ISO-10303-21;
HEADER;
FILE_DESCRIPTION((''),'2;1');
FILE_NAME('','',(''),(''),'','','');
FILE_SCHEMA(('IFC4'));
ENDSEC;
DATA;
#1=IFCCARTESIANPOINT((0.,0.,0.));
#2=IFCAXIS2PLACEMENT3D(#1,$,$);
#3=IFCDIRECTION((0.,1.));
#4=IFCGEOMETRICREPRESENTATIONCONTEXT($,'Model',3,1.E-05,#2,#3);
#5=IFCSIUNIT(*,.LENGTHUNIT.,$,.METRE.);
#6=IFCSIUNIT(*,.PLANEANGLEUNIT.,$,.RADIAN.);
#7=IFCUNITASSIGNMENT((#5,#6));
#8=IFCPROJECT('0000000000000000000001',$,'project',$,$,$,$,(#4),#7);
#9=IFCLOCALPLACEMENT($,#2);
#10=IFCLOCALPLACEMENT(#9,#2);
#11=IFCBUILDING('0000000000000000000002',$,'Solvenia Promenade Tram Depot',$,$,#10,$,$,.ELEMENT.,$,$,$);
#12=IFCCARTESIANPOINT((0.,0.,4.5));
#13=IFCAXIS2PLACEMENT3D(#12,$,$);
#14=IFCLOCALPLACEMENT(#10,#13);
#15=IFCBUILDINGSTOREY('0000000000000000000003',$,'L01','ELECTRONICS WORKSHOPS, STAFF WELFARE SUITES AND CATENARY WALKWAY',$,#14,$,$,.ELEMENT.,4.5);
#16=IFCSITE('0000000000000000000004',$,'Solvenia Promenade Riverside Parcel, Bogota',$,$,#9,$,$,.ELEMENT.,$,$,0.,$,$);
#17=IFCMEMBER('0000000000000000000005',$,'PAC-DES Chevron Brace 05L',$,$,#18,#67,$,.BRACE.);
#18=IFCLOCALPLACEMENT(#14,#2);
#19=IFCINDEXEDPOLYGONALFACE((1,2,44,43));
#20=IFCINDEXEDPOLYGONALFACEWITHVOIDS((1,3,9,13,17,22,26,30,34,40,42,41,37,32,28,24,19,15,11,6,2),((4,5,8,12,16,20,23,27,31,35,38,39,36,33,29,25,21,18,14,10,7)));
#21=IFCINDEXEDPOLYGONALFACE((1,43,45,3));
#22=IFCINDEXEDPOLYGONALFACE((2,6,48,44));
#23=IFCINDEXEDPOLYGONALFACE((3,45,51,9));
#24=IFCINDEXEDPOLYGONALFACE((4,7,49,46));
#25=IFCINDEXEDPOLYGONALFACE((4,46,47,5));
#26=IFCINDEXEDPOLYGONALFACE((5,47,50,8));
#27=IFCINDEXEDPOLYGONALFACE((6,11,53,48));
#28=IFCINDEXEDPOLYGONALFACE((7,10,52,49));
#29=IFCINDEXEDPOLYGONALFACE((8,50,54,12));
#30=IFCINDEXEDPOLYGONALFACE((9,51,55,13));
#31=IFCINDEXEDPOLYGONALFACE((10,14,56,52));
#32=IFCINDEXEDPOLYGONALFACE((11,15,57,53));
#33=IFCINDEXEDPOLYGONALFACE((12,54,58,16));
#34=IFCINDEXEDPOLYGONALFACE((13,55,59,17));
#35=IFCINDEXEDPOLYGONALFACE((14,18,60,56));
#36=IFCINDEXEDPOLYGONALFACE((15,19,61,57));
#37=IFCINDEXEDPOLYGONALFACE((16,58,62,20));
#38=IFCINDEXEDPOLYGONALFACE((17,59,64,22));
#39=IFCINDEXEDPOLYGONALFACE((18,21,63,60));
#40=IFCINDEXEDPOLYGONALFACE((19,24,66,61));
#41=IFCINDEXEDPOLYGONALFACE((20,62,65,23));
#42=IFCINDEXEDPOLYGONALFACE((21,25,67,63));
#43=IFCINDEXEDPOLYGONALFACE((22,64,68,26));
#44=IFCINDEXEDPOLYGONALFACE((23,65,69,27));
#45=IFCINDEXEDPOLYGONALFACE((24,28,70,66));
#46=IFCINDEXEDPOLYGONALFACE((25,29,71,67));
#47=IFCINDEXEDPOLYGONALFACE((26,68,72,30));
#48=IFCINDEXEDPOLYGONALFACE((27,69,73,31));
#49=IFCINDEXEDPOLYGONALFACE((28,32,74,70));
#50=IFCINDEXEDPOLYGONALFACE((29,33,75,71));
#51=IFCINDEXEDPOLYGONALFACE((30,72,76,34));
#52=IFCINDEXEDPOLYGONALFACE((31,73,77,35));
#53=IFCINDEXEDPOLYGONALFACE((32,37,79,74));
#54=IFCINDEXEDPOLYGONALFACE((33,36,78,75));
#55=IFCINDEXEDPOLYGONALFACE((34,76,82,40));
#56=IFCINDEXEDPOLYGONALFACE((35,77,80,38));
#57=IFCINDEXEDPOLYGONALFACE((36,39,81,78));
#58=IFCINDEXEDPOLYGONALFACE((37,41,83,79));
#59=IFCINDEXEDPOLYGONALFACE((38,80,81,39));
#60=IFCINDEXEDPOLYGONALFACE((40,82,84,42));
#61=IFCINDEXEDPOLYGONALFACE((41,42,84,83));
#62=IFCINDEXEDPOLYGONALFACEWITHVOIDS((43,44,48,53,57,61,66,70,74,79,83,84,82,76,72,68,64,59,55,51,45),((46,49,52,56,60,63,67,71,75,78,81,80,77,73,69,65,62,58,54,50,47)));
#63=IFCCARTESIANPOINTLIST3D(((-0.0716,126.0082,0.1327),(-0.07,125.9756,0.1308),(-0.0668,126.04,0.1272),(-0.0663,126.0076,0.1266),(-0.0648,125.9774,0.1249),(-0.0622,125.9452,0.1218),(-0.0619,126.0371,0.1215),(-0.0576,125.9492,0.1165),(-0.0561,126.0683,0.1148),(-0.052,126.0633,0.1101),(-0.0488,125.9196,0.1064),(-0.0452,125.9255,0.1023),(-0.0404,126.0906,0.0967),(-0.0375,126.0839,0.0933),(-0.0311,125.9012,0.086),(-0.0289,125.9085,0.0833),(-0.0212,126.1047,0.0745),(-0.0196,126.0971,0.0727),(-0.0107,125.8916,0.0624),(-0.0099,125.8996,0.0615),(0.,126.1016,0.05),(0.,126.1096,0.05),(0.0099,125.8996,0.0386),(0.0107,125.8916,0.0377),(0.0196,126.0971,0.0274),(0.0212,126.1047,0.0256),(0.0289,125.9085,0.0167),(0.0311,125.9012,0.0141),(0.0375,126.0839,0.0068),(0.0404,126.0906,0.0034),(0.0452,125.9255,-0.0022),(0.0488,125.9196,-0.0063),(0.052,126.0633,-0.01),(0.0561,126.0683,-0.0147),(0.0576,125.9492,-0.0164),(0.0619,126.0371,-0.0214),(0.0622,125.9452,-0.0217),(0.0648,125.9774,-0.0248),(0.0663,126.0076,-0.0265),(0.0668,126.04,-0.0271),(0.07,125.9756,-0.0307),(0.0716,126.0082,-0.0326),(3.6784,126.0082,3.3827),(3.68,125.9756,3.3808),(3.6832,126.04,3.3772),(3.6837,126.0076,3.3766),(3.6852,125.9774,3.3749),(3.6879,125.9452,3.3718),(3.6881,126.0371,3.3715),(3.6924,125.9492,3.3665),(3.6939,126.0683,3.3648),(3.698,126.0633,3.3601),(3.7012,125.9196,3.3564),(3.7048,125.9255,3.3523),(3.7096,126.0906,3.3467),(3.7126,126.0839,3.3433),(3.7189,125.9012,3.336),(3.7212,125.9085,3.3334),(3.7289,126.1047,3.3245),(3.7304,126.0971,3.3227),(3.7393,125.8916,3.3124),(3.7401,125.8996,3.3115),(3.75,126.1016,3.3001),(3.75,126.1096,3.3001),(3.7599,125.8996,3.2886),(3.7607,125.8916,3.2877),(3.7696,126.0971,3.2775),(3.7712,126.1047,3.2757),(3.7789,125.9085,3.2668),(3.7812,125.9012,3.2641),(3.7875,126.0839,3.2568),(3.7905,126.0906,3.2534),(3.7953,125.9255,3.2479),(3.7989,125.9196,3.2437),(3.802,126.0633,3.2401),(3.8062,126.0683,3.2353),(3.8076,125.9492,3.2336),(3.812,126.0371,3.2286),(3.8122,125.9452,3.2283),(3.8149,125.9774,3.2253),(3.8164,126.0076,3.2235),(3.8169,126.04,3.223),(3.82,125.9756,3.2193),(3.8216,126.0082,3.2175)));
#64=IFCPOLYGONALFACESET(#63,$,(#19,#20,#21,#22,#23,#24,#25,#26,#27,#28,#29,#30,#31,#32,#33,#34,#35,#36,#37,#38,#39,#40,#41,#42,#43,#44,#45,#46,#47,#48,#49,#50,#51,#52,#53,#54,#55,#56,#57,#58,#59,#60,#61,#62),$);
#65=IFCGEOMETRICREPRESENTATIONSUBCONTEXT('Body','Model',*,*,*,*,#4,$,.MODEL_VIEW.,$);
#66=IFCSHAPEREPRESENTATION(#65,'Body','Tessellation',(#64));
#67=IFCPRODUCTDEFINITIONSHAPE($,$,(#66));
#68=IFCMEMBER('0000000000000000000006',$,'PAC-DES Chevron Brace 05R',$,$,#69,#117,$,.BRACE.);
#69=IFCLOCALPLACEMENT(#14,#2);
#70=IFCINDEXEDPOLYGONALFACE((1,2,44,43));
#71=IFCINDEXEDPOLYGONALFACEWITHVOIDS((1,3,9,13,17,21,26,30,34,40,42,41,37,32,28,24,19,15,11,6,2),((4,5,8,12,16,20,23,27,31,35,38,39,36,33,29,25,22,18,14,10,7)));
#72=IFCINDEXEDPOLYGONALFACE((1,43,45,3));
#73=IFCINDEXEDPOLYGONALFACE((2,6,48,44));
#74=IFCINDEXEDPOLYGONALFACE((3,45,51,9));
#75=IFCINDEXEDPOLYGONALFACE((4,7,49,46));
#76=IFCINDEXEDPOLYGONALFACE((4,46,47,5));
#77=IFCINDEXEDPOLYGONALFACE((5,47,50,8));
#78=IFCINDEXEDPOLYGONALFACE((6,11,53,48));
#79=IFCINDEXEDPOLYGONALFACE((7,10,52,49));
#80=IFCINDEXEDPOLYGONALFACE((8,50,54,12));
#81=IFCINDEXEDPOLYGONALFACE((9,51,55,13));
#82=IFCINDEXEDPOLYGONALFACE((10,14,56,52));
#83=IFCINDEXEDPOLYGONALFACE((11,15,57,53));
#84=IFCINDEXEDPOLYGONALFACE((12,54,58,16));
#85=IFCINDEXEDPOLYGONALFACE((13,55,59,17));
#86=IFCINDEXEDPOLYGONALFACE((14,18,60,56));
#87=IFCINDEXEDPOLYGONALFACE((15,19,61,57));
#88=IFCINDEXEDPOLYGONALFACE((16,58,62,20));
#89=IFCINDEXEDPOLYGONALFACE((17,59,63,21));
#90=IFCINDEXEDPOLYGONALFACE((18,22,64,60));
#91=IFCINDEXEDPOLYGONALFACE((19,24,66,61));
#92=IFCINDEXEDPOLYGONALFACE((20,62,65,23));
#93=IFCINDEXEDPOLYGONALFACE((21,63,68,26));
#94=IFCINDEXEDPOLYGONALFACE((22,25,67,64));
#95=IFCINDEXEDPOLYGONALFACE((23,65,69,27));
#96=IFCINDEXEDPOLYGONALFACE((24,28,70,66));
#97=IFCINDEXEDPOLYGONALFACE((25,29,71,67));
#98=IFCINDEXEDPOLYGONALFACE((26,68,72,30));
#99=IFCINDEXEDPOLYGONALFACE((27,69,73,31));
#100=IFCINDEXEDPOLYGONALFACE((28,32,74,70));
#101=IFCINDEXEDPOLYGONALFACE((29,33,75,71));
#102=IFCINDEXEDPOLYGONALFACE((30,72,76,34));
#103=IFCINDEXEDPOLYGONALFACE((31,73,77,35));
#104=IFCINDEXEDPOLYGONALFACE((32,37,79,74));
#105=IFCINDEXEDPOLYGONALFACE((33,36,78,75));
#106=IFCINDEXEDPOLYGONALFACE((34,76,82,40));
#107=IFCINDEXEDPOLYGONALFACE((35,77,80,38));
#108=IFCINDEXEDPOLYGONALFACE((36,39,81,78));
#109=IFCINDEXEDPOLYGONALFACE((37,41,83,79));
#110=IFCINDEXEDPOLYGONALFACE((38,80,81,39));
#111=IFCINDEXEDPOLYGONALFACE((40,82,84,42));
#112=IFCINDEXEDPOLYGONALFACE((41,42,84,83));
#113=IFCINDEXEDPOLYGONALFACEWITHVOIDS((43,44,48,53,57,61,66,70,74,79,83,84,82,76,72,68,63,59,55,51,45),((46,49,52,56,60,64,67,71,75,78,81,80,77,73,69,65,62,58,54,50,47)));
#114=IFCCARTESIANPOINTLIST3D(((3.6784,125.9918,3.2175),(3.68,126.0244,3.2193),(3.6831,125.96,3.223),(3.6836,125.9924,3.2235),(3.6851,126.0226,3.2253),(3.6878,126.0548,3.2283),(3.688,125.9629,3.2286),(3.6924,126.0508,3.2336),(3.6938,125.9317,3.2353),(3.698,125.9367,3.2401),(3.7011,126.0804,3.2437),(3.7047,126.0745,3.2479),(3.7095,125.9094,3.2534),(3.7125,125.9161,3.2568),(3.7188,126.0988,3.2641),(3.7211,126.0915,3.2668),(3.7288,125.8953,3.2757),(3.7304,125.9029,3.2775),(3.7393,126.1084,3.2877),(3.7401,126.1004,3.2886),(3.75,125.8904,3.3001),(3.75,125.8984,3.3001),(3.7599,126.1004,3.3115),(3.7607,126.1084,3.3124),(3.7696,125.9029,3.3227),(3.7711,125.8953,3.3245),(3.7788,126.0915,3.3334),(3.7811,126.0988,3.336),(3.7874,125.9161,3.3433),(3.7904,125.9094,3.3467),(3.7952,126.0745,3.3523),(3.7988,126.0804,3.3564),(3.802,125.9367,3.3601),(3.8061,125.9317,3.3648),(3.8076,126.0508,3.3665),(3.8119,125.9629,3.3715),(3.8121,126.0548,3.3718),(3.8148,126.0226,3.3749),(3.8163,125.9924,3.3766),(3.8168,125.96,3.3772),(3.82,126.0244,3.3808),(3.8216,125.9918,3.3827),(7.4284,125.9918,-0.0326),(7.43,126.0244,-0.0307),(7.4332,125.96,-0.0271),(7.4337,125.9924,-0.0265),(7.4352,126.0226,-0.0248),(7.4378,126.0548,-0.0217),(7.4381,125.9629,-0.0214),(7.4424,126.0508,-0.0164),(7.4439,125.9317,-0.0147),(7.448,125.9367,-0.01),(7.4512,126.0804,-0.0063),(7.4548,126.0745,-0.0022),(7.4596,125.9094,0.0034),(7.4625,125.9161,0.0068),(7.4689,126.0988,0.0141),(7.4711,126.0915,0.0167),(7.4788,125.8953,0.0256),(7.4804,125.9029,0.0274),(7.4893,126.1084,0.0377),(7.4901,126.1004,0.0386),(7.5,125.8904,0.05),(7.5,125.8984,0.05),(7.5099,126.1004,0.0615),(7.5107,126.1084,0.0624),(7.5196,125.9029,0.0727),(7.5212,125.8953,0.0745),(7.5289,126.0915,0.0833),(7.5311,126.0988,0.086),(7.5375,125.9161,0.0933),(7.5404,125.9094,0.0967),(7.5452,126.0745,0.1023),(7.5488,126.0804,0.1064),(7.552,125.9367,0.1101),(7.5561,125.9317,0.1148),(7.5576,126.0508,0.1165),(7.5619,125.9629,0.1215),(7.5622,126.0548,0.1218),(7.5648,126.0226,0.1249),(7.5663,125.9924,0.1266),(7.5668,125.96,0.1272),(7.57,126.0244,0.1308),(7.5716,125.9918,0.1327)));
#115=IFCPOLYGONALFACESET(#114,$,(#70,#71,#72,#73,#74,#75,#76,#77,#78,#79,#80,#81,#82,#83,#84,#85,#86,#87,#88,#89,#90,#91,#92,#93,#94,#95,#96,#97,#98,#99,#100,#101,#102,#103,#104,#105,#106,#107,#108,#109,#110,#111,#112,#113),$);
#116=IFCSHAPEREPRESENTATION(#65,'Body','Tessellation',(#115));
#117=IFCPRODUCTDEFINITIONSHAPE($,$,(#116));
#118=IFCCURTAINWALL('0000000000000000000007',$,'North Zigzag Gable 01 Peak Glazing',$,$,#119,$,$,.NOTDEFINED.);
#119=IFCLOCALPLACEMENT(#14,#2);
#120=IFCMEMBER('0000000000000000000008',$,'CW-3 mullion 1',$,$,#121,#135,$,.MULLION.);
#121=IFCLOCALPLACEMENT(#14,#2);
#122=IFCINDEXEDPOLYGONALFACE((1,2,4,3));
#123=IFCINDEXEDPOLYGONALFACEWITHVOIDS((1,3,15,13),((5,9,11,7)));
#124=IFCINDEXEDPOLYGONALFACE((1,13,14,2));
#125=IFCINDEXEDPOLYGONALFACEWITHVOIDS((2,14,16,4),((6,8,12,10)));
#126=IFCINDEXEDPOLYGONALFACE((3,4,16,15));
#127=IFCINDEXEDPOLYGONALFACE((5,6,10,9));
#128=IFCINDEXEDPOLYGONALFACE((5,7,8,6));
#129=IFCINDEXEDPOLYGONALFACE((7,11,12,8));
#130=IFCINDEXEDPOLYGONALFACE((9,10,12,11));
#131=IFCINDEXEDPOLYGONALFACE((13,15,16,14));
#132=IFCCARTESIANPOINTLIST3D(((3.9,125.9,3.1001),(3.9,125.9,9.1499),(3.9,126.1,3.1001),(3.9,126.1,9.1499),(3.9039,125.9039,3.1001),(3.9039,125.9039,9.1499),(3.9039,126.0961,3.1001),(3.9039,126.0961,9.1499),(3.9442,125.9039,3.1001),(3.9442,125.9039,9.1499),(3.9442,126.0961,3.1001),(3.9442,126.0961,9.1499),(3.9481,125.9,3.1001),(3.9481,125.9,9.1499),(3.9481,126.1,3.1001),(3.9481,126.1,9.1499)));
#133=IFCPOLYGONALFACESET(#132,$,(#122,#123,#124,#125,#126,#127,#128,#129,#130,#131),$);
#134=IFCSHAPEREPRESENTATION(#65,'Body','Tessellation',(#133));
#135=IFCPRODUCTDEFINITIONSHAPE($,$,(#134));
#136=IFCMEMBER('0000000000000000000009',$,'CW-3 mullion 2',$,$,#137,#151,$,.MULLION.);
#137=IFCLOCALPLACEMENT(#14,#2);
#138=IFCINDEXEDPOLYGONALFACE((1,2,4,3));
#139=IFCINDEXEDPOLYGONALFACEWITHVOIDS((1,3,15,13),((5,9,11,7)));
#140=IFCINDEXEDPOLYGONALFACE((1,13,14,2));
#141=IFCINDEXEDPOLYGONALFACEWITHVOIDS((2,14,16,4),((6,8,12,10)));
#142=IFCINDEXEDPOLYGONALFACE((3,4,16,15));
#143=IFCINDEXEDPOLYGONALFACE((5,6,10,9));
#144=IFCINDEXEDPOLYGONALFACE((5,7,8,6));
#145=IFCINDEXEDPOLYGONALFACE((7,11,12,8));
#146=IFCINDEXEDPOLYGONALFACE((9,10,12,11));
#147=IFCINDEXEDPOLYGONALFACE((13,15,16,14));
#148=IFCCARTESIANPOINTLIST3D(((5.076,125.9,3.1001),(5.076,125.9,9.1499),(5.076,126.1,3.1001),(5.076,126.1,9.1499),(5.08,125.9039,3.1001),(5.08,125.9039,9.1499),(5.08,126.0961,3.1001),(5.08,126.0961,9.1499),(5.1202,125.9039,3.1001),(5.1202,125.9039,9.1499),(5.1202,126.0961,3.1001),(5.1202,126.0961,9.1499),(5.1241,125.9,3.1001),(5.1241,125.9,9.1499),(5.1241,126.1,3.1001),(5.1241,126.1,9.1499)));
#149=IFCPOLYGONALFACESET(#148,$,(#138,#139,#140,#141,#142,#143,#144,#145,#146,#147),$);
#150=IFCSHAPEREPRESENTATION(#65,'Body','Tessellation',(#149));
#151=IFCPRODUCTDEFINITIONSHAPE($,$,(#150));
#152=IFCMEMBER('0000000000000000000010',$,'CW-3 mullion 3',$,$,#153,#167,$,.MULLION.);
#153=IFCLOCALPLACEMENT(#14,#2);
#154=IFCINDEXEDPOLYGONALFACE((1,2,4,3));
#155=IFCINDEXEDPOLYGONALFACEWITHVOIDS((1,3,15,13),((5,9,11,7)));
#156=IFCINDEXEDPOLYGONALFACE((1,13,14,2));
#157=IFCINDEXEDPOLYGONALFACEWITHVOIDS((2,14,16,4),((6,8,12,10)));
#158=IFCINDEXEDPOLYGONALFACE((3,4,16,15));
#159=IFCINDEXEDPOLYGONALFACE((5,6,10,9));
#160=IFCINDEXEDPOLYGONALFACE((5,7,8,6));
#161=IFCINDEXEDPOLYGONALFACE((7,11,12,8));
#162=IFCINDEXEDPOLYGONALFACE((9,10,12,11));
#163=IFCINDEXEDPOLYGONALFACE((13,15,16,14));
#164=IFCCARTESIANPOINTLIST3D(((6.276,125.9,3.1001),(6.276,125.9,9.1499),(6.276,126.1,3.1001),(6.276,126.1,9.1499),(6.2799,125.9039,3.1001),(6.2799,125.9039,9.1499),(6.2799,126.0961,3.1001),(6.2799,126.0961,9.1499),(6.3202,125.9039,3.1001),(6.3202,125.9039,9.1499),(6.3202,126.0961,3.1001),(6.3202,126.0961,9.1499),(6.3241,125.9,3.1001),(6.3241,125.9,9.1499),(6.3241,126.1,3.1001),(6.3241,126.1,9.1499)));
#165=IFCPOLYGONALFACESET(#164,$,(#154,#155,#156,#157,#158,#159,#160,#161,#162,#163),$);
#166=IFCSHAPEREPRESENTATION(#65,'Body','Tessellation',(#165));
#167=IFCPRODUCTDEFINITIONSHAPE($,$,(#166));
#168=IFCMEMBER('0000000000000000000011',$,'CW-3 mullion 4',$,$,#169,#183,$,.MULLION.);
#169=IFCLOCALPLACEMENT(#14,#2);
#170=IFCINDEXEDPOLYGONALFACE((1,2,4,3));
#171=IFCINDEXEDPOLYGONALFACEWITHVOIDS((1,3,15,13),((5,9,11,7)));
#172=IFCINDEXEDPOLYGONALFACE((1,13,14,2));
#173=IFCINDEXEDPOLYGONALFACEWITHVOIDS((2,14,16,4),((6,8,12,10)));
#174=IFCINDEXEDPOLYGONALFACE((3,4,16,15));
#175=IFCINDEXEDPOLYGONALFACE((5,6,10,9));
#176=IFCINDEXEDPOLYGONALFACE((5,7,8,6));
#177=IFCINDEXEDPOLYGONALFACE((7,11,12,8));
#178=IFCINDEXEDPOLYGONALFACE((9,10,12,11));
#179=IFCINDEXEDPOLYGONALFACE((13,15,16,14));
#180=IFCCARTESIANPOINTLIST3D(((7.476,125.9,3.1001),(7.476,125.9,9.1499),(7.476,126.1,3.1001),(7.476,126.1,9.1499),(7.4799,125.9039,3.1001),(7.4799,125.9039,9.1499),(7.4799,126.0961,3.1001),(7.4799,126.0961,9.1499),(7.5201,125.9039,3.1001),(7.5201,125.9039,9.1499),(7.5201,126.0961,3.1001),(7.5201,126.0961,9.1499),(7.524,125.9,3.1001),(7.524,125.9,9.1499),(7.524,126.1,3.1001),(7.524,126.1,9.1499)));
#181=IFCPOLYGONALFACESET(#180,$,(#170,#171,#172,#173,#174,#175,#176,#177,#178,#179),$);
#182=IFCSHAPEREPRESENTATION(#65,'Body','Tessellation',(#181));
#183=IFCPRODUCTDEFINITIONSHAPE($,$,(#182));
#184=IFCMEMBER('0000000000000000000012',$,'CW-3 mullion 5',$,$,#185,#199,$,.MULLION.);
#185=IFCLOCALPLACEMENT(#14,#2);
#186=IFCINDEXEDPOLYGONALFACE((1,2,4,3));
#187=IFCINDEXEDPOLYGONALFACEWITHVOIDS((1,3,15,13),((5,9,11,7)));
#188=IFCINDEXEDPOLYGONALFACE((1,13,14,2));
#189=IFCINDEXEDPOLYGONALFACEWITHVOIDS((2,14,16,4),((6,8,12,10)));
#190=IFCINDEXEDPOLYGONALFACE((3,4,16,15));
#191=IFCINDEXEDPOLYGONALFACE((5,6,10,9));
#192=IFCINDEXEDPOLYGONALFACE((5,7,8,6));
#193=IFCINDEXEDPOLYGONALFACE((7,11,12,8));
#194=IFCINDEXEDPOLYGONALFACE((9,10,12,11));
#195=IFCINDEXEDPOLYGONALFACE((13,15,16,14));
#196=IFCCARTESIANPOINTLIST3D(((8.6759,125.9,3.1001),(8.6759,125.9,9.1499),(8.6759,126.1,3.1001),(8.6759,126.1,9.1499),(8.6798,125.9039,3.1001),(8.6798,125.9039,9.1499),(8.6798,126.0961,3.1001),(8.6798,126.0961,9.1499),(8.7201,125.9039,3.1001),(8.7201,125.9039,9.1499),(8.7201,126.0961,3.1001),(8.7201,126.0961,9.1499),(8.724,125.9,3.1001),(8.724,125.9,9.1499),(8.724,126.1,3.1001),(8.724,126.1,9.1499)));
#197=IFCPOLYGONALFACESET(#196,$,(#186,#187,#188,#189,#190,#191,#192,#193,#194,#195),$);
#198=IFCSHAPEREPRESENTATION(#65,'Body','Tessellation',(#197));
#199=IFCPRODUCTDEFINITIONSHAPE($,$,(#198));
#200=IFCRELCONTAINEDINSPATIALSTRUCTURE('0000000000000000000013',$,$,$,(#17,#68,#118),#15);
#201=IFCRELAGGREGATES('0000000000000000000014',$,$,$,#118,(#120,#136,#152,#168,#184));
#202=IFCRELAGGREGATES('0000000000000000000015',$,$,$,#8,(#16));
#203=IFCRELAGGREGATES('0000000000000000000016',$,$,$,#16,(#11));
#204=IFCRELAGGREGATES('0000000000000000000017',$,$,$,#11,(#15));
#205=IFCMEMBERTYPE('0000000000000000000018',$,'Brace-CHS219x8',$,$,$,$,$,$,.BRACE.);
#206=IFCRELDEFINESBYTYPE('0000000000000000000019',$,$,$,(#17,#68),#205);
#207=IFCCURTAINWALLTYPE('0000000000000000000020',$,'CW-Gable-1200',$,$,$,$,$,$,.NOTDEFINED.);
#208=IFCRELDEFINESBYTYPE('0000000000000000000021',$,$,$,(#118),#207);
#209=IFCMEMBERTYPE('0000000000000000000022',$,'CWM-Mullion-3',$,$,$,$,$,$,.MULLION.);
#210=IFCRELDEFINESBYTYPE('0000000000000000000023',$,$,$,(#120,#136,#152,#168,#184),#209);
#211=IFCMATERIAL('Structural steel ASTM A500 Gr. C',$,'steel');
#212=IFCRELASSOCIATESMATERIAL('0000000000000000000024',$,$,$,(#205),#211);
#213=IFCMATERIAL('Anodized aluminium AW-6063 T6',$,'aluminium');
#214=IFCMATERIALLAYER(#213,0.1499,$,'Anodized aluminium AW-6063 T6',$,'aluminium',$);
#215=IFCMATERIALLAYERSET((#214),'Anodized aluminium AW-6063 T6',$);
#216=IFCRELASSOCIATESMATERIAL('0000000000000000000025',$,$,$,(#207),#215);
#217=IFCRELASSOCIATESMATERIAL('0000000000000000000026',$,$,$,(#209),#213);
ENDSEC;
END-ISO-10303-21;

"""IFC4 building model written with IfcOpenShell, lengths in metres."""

from ifc_helpers import new_model, si_unit, direction, frame, origin, origin_2d, place, context, subcontext, project, spatial, hollow_rectangle, hollow_circle, extrude, material, layer, layer_set, material_profile, profile_set, type_object, element, aggregate, save


model = new_model("IFC4")

# Units and contexts
model_context = context("Model", 3, precision=1e-05, world=origin(), true_north=direction((0.0, 1.0)))
body_context = subcontext(model_context, "Body", "Model", "MODEL_VIEW")
ifc_project = project(units=[si_unit("LENGTHUNIT", "METRE"), si_unit("PLANEANGLEUNIT", "RADIAN")], contexts=[model_context])

# Site, building, storey
site_placement = place(None, origin())
site = spatial("IfcSite", under=ifc_project, at=site_placement, Name="Solvenia Promenade Riverside Parcel, Bogota", CompositionType="ELEMENT", RefElevation=0.0)
building_placement = place(site_placement, origin())
building = spatial("IfcBuilding", under=site, at=building_placement, Name="Solvenia Promenade Tram Depot", CompositionType="ELEMENT")
storey_placement = place(building_placement, frame((0.0, 0.0, 4.5)))
storey = spatial("IfcBuildingStorey", under=building, at=storey_placement, Name="L01", Description="ELECTRONICS WORKSHOPS, STAFF WELFARE SUITES AND CATENARY WALKWAY", CompositionType="ELEMENT", Elevation=4.5)

# Members
ifc_material_1 = material(Name="Structural steel ASTM A500 Gr. C", Category="steel")
ifc_material_profile_1 = material_profile(ifc_material_1, hollow_circle(Radius=0.1096, WallThickness=0.0081, at=origin_2d()), Name="CHS219.1x8", Category="steel")
ifc_profile_set_1 = profile_set([ifc_material_profile_1], Name="Structural steel ASTM A500 Gr. C")
member_type_1 = type_object("IfcMemberType", Name="Brace-CHS219x8", PredefinedType="BRACE", material=ifc_profile_set_1)
for number, where, z_axis, x_axis, name in (
    (1, (0.0, 126.0, 0.05), (0.755689, 0.0, 0.654931), (0.0, 1.0, 0.0), "PAC-DES Chevron Brace 05L"),
    (2, (7.5, 126.0, 0.05), (-0.755689, 0.0, 0.654931), (0.0, -1.0, 0.0), "PAC-DES Chevron Brace 05R"),
):
    element("IfcMember", number, at=place(storey_placement, frame(where, z_axis=z_axis, x_axis=x_axis)), inside=storey, type_object=member_type_1, Name=name, PredefinedType="BRACE", context=body_context, shape_type="SweptSolid", body=[
        extrude(hollow_circle(Radius=0.1096, WallThickness=0.0081, at=origin_2d()), origin(), (0.0, 0.0, 1.0), 4.9624),
    ])

# Curtain wall, members
ifc_material_2 = material(Name="Anodized aluminium AW-6063 T6", Category="aluminium")
ifc_layer_1 = layer(ifc_material_2, 0.1499, Name="Anodized aluminium AW-6063 T6", Category="aluminium")
ifc_layer_set_1 = layer_set([ifc_layer_1], Name="Anodized aluminium AW-6063 T6")
curtain_wall_type = type_object("IfcCurtainWallType", Name="CW-Gable-1200", PredefinedType="NOTDEFINED", material=ifc_layer_set_1)
curtain_wall_placement = place(storey_placement, origin())
curtain_wall = element("IfcCurtainWall", 3, at=curtain_wall_placement, inside=storey, type_object=curtain_wall_type, Name="North Zigzag Gable 01 Peak Glazing", PredefinedType="NOTDEFINED")
ifc_material_profile_2 = material_profile(ifc_material_2, hollow_rectangle(XDim=0.2, YDim=0.0481, WallThickness=0.0039, at=origin_2d()), Name="ALU-M3", Category="aluminium")
ifc_profile_set_2 = profile_set([ifc_material_profile_2], Name="Anodized aluminium AW-6063 T6")
member_type_2 = type_object("IfcMemberType", Name="CWM-Mullion-3", PredefinedType="MULLION", material=ifc_profile_set_2)
member_1_placement = place(storey_placement, frame((3.9241, 126.0, 3.1001), z_axis=(0.0, 0.0, 1.0), x_axis=(0.0, 1.0, 0.0)))
member_1 = element("IfcMember", 4, at=member_1_placement, type_object=member_type_2, Name="CW-3 mullion 1", PredefinedType="MULLION", context=body_context, shape_type="SweptSolid", body=[
    extrude(hollow_rectangle(XDim=0.2, YDim=0.0481, WallThickness=0.0039, at=origin_2d()), origin(), (0.0, 0.0, 1.0), 6.0498),
])
member_2_placement = place(storey_placement, frame((5.1001, 126.0, 3.1001), z_axis=(0.0, 0.0, 1.0), x_axis=(0.0, 1.0, 0.0)))
member_2 = element("IfcMember", 5, at=member_2_placement, type_object=member_type_2, Name="CW-3 mullion 2", PredefinedType="MULLION", context=body_context, shape_type="SweptSolid", body=[
    extrude(hollow_rectangle(XDim=0.2, YDim=0.0481, WallThickness=0.0039, at=origin_2d()), origin(), (0.0, 0.0, 1.0), 6.0498),
])
member_3_placement = place(storey_placement, frame((6.3, 126.0, 3.1001), z_axis=(0.0, 0.0, 1.0), x_axis=(0.0, 1.0, 0.0)))
member_3 = element("IfcMember", 6, at=member_3_placement, type_object=member_type_2, Name="CW-3 mullion 3", PredefinedType="MULLION", context=body_context, shape_type="SweptSolid", body=[
    extrude(hollow_rectangle(XDim=0.2, YDim=0.0481, WallThickness=0.0039, at=origin_2d()), origin(), (0.0, 0.0, 1.0), 6.0498),
])
member_4_placement = place(storey_placement, frame((7.5, 126.0, 3.1001), z_axis=(0.0, 0.0, 1.0), x_axis=(0.0, 1.0, 0.0)))
member_4 = element("IfcMember", 7, at=member_4_placement, type_object=member_type_2, Name="CW-3 mullion 4", PredefinedType="MULLION", context=body_context, shape_type="SweptSolid", body=[
    extrude(hollow_rectangle(XDim=0.2, YDim=0.0481, WallThickness=0.0039, at=origin_2d()), origin(), (0.0, 0.0, 1.0), 6.0498),
])
member_5_placement = place(storey_placement, frame((8.7, 126.0, 3.1001), z_axis=(0.0, 0.0, 1.0), x_axis=(0.0, 1.0, 0.0)))
member_5 = element("IfcMember", 8, at=member_5_placement, type_object=member_type_2, Name="CW-3 mullion 5", PredefinedType="MULLION", context=body_context, shape_type="SweptSolid", body=[
    extrude(hollow_rectangle(XDim=0.2, YDim=0.0481, WallThickness=0.0039, at=origin_2d()), origin(), (0.0, 0.0, 1.0), 6.0498),
])
aggregate(curtain_wall, [member_1, member_2, member_3, member_4, member_5])

save(model, "model.ifc")
